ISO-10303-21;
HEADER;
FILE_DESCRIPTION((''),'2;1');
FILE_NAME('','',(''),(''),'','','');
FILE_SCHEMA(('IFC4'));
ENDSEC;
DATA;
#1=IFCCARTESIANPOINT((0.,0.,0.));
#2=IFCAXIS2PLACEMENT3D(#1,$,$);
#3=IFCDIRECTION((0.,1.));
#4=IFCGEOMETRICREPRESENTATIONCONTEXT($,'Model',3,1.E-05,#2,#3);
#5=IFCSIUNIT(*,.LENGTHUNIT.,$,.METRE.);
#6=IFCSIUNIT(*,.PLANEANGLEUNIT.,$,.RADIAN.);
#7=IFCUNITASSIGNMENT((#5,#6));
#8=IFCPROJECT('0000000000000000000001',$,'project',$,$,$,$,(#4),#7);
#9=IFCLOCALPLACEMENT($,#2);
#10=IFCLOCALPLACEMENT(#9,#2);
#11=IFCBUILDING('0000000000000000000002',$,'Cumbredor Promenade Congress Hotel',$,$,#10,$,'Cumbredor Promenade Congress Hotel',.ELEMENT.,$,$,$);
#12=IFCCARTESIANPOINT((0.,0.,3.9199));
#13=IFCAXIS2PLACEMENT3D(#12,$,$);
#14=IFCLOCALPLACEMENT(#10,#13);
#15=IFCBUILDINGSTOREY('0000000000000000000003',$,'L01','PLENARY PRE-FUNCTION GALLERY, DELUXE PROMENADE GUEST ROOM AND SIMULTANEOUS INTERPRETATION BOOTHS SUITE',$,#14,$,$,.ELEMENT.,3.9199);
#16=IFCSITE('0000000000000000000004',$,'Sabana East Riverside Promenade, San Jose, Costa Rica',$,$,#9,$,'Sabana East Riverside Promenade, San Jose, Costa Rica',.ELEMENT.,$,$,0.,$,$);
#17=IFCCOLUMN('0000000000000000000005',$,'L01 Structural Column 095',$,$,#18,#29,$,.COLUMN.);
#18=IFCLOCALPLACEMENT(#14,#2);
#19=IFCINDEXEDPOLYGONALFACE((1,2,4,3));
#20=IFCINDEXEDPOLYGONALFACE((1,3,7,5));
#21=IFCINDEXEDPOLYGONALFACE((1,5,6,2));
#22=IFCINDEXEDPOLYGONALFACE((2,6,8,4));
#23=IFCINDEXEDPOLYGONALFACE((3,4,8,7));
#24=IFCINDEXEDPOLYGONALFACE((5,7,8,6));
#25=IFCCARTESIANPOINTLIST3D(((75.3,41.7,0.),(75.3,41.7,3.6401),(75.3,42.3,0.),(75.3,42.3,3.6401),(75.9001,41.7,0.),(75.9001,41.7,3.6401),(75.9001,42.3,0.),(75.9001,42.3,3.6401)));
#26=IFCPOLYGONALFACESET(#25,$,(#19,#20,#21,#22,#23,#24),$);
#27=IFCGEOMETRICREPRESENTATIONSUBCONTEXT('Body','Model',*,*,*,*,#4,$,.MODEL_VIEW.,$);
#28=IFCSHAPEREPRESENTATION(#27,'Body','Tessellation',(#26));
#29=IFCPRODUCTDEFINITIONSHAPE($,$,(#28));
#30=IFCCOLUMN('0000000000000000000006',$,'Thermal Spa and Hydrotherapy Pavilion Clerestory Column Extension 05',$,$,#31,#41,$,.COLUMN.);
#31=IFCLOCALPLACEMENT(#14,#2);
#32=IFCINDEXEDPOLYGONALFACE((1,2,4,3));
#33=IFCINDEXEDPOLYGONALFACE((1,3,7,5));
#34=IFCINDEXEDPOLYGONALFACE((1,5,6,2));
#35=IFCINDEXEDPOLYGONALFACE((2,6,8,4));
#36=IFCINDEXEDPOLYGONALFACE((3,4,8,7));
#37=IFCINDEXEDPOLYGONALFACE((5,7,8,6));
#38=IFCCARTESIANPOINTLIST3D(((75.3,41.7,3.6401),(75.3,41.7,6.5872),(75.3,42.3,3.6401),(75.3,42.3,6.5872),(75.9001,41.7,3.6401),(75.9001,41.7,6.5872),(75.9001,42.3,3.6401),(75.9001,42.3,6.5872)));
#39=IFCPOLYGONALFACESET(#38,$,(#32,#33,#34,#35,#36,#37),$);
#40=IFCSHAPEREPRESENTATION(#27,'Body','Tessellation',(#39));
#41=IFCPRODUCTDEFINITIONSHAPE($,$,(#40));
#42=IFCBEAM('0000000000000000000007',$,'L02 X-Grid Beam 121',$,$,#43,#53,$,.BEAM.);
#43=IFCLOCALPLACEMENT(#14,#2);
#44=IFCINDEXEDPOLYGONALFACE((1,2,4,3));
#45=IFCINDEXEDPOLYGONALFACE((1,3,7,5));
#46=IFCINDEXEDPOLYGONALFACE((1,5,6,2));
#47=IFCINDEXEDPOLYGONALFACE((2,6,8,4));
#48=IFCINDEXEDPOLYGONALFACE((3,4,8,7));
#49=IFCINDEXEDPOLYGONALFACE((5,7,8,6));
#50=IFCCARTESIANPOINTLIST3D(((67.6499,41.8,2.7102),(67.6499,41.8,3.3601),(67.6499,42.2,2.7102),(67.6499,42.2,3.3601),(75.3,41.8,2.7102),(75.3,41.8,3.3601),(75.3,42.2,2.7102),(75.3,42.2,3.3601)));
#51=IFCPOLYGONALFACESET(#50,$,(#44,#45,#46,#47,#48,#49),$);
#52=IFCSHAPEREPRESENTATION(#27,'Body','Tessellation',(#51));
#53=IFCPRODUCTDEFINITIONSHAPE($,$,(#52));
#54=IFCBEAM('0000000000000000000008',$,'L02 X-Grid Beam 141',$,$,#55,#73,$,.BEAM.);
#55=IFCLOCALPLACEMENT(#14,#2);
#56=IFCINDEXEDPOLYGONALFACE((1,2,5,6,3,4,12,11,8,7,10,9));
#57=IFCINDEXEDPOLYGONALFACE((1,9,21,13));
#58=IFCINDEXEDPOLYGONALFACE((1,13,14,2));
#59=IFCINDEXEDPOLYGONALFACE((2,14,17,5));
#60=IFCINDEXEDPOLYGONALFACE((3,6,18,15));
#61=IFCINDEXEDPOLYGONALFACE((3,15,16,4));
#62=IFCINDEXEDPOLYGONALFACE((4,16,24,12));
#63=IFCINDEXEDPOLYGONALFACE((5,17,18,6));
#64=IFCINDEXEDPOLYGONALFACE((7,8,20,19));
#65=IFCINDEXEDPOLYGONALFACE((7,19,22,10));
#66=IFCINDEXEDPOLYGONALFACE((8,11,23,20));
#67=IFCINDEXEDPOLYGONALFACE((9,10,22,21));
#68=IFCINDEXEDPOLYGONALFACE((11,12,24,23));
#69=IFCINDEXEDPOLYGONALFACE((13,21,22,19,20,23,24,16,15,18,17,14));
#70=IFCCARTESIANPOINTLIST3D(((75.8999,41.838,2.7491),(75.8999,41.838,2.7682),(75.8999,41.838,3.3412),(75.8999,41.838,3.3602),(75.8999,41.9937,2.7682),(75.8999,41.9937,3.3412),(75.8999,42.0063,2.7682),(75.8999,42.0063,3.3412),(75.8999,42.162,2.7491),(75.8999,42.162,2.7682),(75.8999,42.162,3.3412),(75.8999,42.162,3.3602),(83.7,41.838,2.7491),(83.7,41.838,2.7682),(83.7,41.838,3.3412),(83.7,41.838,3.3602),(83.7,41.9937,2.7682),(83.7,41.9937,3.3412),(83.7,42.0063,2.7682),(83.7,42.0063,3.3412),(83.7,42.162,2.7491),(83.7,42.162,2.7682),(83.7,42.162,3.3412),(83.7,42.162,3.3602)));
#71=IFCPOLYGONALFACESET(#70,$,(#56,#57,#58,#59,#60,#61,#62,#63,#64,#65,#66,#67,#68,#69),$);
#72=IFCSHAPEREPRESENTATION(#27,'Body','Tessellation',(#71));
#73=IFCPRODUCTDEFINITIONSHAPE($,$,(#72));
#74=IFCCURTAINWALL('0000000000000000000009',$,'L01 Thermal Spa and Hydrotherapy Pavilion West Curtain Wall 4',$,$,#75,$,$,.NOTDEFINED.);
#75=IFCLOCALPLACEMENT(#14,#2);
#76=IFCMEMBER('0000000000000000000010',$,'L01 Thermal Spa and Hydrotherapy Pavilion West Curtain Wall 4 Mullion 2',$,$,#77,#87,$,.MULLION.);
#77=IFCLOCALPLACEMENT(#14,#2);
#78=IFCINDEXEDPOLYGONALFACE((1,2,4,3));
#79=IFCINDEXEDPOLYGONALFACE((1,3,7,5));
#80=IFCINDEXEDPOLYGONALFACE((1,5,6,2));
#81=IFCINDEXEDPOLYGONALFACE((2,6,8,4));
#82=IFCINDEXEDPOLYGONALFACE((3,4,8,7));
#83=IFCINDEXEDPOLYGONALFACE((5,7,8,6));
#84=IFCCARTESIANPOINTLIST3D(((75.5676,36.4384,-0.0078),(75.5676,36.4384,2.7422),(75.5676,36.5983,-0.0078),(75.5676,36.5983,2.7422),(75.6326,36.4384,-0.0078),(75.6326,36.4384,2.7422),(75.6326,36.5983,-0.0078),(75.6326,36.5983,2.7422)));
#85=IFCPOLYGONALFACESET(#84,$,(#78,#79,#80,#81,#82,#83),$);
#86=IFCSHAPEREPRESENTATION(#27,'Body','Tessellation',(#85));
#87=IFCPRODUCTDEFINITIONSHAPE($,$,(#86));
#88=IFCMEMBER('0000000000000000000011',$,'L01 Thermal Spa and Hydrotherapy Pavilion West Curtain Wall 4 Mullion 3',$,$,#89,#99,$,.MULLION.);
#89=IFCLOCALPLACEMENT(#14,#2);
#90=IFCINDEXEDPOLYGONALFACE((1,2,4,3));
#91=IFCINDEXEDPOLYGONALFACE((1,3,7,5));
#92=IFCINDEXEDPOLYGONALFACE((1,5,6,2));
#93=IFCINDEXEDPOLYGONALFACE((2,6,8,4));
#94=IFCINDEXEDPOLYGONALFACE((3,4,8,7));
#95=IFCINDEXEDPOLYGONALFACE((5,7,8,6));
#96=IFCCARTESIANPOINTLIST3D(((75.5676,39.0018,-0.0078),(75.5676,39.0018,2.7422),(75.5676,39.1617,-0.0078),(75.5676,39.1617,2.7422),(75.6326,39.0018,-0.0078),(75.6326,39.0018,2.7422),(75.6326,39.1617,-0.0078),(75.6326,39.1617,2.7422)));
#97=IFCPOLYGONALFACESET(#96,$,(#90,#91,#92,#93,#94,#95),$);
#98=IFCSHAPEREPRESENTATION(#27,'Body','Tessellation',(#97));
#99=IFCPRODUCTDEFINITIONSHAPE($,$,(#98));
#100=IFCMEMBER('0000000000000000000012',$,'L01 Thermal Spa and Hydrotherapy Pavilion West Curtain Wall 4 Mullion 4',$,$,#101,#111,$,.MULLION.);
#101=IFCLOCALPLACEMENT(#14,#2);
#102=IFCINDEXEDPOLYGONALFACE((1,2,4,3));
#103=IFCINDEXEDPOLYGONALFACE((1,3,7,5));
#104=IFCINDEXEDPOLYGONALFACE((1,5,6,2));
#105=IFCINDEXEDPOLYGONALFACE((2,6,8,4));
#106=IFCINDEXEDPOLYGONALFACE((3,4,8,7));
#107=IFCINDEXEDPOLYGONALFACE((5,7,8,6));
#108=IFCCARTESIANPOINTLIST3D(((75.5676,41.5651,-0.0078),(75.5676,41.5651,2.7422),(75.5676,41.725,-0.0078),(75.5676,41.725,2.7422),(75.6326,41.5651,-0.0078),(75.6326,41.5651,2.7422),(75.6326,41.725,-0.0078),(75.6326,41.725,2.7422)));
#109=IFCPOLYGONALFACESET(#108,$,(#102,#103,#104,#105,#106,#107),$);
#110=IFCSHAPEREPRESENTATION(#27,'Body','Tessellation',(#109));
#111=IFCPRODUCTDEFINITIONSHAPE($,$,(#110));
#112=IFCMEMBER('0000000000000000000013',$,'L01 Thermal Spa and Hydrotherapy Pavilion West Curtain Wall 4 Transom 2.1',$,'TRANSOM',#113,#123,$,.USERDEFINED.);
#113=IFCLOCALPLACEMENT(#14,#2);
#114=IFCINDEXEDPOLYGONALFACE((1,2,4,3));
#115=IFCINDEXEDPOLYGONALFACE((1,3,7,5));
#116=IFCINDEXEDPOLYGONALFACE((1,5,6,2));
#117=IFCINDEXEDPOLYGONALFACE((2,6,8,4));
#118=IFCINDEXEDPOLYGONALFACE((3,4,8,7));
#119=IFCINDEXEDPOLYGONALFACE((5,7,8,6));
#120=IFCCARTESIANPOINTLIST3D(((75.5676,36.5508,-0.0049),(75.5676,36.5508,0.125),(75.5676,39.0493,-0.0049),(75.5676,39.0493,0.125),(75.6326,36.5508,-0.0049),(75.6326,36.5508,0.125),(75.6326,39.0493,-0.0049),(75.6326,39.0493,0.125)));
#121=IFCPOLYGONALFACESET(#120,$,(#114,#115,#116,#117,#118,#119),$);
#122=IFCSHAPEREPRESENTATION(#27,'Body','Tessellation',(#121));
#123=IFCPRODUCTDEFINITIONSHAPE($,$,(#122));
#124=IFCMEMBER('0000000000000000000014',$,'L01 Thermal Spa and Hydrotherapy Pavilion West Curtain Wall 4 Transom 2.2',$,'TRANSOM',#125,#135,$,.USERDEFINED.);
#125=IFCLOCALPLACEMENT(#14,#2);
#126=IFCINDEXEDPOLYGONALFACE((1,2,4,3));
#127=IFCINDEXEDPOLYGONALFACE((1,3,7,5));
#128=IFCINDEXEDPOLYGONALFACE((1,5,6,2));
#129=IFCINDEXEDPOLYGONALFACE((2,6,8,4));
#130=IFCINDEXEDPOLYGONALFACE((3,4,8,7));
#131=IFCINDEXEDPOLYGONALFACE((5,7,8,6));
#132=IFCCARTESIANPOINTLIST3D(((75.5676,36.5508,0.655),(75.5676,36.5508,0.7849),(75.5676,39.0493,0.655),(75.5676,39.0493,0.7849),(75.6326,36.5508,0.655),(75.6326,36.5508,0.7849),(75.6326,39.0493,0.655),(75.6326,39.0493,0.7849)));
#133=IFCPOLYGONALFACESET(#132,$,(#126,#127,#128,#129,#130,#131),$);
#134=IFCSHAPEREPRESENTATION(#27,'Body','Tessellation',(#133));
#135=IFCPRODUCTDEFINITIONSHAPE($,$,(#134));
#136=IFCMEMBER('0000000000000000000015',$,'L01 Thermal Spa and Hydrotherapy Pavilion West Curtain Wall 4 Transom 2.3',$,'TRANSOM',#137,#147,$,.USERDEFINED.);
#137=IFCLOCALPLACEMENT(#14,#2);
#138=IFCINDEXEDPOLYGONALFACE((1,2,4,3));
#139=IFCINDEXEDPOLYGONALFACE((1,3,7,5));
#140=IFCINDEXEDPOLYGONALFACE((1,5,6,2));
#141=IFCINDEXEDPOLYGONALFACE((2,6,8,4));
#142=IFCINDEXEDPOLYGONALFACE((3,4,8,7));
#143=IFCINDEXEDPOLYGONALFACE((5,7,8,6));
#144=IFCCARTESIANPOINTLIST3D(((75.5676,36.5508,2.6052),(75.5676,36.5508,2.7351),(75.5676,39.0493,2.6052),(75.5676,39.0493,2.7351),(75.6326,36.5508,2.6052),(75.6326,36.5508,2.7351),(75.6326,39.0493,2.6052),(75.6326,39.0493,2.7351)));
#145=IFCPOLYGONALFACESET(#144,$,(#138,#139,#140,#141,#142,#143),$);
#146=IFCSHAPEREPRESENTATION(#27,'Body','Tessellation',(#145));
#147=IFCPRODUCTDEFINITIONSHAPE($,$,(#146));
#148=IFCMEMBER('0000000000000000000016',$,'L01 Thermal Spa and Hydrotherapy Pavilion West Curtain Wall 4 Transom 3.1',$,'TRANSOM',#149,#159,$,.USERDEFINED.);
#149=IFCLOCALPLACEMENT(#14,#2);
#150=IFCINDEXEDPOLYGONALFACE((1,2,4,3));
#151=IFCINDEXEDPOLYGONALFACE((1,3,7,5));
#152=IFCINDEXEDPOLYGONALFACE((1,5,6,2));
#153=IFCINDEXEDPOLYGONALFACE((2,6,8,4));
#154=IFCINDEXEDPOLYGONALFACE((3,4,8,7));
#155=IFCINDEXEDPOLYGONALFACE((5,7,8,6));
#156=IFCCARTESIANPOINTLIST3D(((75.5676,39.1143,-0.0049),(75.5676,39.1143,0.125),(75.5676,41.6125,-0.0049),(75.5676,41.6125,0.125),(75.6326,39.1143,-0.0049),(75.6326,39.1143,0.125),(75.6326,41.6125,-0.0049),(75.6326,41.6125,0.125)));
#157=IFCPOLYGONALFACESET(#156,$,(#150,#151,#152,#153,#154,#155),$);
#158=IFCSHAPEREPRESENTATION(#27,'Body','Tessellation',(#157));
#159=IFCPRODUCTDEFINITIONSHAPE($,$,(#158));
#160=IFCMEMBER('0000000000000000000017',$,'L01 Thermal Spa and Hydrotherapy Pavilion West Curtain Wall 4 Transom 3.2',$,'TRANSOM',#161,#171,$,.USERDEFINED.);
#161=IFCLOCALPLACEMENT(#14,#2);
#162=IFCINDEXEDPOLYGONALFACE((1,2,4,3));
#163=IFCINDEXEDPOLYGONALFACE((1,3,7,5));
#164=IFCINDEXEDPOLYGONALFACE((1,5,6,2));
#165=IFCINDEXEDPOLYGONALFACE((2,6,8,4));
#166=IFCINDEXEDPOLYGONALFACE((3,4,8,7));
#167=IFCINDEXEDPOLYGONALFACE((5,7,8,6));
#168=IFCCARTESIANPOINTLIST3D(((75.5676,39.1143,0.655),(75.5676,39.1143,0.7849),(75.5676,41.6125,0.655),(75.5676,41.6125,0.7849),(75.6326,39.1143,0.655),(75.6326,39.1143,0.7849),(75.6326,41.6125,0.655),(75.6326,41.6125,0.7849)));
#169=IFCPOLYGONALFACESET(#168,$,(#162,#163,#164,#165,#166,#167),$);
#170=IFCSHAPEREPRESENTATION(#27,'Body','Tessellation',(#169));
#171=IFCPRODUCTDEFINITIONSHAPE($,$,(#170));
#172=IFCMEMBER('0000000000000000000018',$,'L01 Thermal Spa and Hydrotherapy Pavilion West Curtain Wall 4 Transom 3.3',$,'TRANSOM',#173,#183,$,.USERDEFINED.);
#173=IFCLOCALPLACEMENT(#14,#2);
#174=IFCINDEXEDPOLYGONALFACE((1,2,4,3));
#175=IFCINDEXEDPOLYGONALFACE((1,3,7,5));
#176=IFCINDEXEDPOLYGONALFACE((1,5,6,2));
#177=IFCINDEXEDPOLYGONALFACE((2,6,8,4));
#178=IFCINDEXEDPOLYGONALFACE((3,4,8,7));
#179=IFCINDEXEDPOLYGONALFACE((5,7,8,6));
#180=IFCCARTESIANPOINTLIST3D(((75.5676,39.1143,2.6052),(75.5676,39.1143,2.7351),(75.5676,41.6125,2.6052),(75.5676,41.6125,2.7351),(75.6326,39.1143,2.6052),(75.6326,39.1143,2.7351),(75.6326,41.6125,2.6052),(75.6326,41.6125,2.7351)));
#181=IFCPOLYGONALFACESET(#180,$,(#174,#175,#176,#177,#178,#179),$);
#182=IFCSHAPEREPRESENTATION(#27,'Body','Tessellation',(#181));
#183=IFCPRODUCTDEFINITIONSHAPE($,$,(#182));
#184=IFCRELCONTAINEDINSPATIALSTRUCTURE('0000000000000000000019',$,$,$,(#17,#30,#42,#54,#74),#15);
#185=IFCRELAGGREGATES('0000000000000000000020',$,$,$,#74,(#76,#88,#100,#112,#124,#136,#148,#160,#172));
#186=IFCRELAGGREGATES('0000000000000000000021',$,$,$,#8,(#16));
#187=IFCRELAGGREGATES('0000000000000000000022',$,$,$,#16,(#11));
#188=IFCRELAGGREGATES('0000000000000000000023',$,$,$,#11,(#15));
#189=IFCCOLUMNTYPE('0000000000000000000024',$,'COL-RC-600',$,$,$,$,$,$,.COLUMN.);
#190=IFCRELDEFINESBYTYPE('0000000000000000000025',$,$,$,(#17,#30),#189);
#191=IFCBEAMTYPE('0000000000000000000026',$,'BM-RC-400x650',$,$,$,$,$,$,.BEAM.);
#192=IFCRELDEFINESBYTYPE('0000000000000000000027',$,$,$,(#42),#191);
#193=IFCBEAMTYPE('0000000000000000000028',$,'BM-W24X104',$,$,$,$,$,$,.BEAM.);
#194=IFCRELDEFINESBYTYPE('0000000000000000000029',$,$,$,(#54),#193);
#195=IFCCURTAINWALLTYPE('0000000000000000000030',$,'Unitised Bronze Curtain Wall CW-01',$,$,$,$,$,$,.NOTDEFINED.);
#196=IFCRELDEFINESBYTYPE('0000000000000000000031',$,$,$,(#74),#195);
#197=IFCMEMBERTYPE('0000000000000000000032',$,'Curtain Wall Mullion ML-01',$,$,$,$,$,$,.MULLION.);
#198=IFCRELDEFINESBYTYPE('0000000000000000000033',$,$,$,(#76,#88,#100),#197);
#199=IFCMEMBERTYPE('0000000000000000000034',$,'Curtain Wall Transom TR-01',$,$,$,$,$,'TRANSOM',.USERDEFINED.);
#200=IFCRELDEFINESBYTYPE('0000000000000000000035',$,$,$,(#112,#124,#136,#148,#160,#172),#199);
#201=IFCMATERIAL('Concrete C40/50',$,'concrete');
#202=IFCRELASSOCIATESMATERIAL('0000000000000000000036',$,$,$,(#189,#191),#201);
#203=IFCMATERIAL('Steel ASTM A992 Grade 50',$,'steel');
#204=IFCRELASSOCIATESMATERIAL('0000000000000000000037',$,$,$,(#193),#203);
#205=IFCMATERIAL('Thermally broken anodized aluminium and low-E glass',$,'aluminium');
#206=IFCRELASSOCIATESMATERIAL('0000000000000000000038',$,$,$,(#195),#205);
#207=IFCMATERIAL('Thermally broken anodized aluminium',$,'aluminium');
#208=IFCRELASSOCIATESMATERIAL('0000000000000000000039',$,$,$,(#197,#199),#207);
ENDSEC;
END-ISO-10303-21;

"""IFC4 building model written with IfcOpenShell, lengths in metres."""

from ifc_helpers import new_model, si_unit, direction, frame, origin, origin_2d, place, context, subcontext, project, spatial, rectangle, i_section, extrude, material, material_profile, profile_set, type_object, element, aggregate, save


model = new_model("IFC4")

# Units and contexts
model_context = context("Model", 3, precision=1e-05, world=origin(), true_north=direction((0.0, 1.0)))
body_context = subcontext(model_context, "Body", "Model", "MODEL_VIEW")
ifc_project = project(units=[si_unit("LENGTHUNIT", "METRE"), si_unit("PLANEANGLEUNIT", "RADIAN")], contexts=[model_context])

# Site, building, storey
site_placement = place(None, origin())
site = spatial("IfcSite", under=ifc_project, at=site_placement, Name="Sabana East Riverside Promenade, San Jose, Costa Rica", LongName="Sabana East Riverside Promenade, San Jose, Costa Rica", CompositionType="ELEMENT", RefElevation=0.0)
building_placement = place(site_placement, origin())
building = spatial("IfcBuilding", under=site, at=building_placement, Name="Cumbredor Promenade Congress Hotel", LongName="Cumbredor Promenade Congress Hotel", CompositionType="ELEMENT")
storey_placement = place(building_placement, frame((0.0, 0.0, 3.9199)))
storey = spatial("IfcBuildingStorey", under=building, at=storey_placement, Name="L01", Description="PLENARY PRE-FUNCTION GALLERY, DELUXE PROMENADE GUEST ROOM AND SIMULTANEOUS INTERPRETATION BOOTHS SUITE", CompositionType="ELEMENT", Elevation=3.9199)

# Columns
ifc_material_1 = material(Name="Concrete C40/50", Category="concrete")
ifc_material_profile_1 = material_profile(ifc_material_1, rectangle(XDim=0.6001, YDim=0.6001, at=origin_2d()), Name="RC 600x600")
ifc_profile_set_1 = profile_set([ifc_material_profile_1], Name="Concrete C40/50")
column_type = type_object("IfcColumnType", Name="COL-RC-600", PredefinedType="COLUMN", material=ifc_profile_set_1)
column_1_placement = place(storey_placement, frame((75.6001, 42.0, 0.0), z_axis=(0.0, 0.0, 1.0), x_axis=(1.0, 0.0, 0.0)))
element("IfcColumn", 1, at=column_1_placement, inside=storey, type_object=column_type, Name="L01 Structural Column 095", PredefinedType="COLUMN", context=body_context, shape_type="SweptSolid", body=[
    extrude(rectangle(XDim=0.6001, YDim=0.6001, at=origin_2d()), origin(), (0.0, 0.0, 1.0), 3.6401),
])
column_2_placement = place(storey_placement, frame((75.6001, 42.0, 3.6401), z_axis=(0.0, 0.0, 1.0), x_axis=(1.0, 0.0, 0.0)))
element("IfcColumn", 2, at=column_2_placement, inside=storey, type_object=column_type, Name="Thermal Spa and Hydrotherapy Pavilion Clerestory Column Extension 05", PredefinedType="COLUMN", context=body_context, shape_type="SweptSolid", body=[
    extrude(rectangle(XDim=0.6001, YDim=0.6001, at=origin_2d()), origin(), (0.0, 0.0, 1.0), 2.947),
])

# Beams
ifc_material_profile_2 = material_profile(ifc_material_1, rectangle(XDim=0.3999, YDim=0.6499, at=origin_2d()), Name="RC BEAM 400x650")
ifc_profile_set_2 = profile_set([ifc_material_profile_2], Name="Concrete C40/50")
beam_type_1 = type_object("IfcBeamType", Name="BM-RC-400x650", PredefinedType="BEAM", material=ifc_profile_set_2)
beam_1_placement = place(storey_placement, frame((67.6499, 42.0, 3.0352), z_axis=(1.0, 0.0, 0.0), x_axis=(0.0, 1.0, 0.0)))
element("IfcBeam", 3, at=beam_1_placement, inside=storey, type_object=beam_type_1, Name="L02 X-Grid Beam 121", PredefinedType="BEAM", context=body_context, shape_type="SweptSolid", body=[
    extrude(rectangle(XDim=0.3999, YDim=0.6499, at=origin_2d()), origin(), (0.0, 0.0, 1.0), 7.6501),
])
ifc_material_2 = material(Name="Steel ASTM A992 Grade 50", Category="steel")
ifc_material_profile_3 = material_profile(ifc_material_2, i_section(OverallWidth=0.324, OverallDepth=0.6111, WebThickness=0.0127, FlangeThickness=0.019, at=origin_2d()), Name="W24X104")
ifc_profile_set_3 = profile_set([ifc_material_profile_3], Name="Steel ASTM A992 Grade 50")
beam_type_2 = type_object("IfcBeamType", Name="BM-W24X104", PredefinedType="BEAM", material=ifc_profile_set_3)
beam_2_placement = place(storey_placement, frame((75.8999, 42.0, 3.0547), z_axis=(1.0, 0.0, 0.0), x_axis=(0.0, 1.0, 0.0)))
element("IfcBeam", 4, at=beam_2_placement, inside=storey, type_object=beam_type_2, Name="L02 X-Grid Beam 141", PredefinedType="BEAM", context=body_context, shape_type="SweptSolid", body=[
    extrude(i_section(OverallWidth=0.324, OverallDepth=0.6111, WebThickness=0.0127, FlangeThickness=0.019, at=origin_2d()), origin(), (0.0, 0.0, 1.0), 7.8),
])

# Curtain wall, members
ifc_material_3 = material(Name="Thermally broken anodized aluminium and low-E glass", Category="aluminium")
curtain_wall_type = type_object("IfcCurtainWallType", Name="Unitised Bronze Curtain Wall CW-01", PredefinedType="NOTDEFINED", material=ifc_material_3)
curtain_wall_placement = place(storey_placement, origin())
curtain_wall = element("IfcCurtainWall", 5, at=curtain_wall_placement, inside=storey, type_object=curtain_wall_type, Name="L01 Thermal Spa and Hydrotherapy Pavilion West Curtain Wall 4", PredefinedType="NOTDEFINED")
ifc_material_4 = material(Name="Thermally broken anodized aluminium", Category="aluminium")
ifc_material_profile_4 = material_profile(ifc_material_4, rectangle(XDim=0.0649, YDim=0.1599, at=origin_2d()), Name="ALU MULLION 65x160")
ifc_profile_set_4 = profile_set([ifc_material_profile_4], Name="Thermally broken anodized aluminium")
member_type_1 = type_object("IfcMemberType", Name="Curtain Wall Mullion ML-01", PredefinedType="MULLION", material=ifc_profile_set_4)
member_1_placement = place(storey_placement, frame((75.6001, 36.5183, -0.0078), z_axis=(0.0, 0.0, 1.0), x_axis=(1.0, 0.0, 0.0)))
member_1 = element("IfcMember", 6, at=member_1_placement, type_object=member_type_1, Name="L01 Thermal Spa and Hydrotherapy Pavilion West Curtain Wall 4 Mullion 2", PredefinedType="MULLION", context=body_context, shape_type="SweptSolid", body=[
    extrude(rectangle(XDim=0.0649, YDim=0.1599, at=origin_2d()), origin(), (0.0, 0.0, 1.0), 2.75),
])
member_2_placement = place(storey_placement, frame((75.6001, 39.0818, -0.0078), z_axis=(0.0, 0.0, 1.0), x_axis=(1.0, 0.0, 0.0)))
member_2 = element("IfcMember", 7, at=member_2_placement, type_object=member_type_1, Name="L01 Thermal Spa and Hydrotherapy Pavilion West Curtain Wall 4 Mullion 3", PredefinedType="MULLION", context=body_context, shape_type="SweptSolid", body=[
    extrude(rectangle(XDim=0.0649, YDim=0.1599, at=origin_2d()), origin(), (0.0, 0.0, 1.0), 2.75),
])
member_3_placement = place(storey_placement, frame((75.6001, 41.645, -0.0078), z_axis=(0.0, 0.0, 1.0), x_axis=(1.0, 0.0, 0.0)))
member_3 = element("IfcMember", 8, at=member_3_placement, type_object=member_type_1, Name="L01 Thermal Spa and Hydrotherapy Pavilion West Curtain Wall 4 Mullion 4", PredefinedType="MULLION", context=body_context, shape_type="SweptSolid", body=[
    extrude(rectangle(XDim=0.0649, YDim=0.1599, at=origin_2d()), origin(), (0.0, 0.0, 1.0), 2.75),
])
ifc_material_profile_5 = material_profile(ifc_material_4, rectangle(XDim=0.0649, YDim=0.1299, at=origin_2d()), Name="ALU TRANSOM 65x130")
ifc_profile_set_5 = profile_set([ifc_material_profile_5], Name="Thermally broken anodized aluminium")
member_type_2 = type_object("IfcMemberType", Name="Curtain Wall Transom TR-01", ElementType="TRANSOM", PredefinedType="USERDEFINED", material=ifc_profile_set_5)
member_4_placement = place(storey_placement, frame((75.6001, 36.5508, 0.0601), z_axis=(0.0, 1.0, 0.0), x_axis=(-1.0, 0.0, 0.0)))
member_4 = element("IfcMember", 9, at=member_4_placement, type_object=member_type_2, Name="L01 Thermal Spa and Hydrotherapy Pavilion West Curtain Wall 4 Transom 2.1", ObjectType="TRANSOM", PredefinedType="USERDEFINED", context=body_context, shape_type="SweptSolid", body=[
    extrude(rectangle(XDim=0.0649, YDim=0.1299, at=origin_2d()), origin(), (0.0, 0.0, 1.0), 2.4985),
])
member_5_placement = place(storey_placement, frame((75.6001, 36.5508, 0.72), z_axis=(0.0, 1.0, 0.0), x_axis=(-1.0, 0.0, 0.0)))
member_5 = element("IfcMember", 10, at=member_5_placement, type_object=member_type_2, Name="L01 Thermal Spa and Hydrotherapy Pavilion West Curtain Wall 4 Transom 2.2", ObjectType="TRANSOM", PredefinedType="USERDEFINED", context=body_context, shape_type="SweptSolid", body=[
    extrude(rectangle(XDim=0.0649, YDim=0.1299, at=origin_2d()), origin(), (0.0, 0.0, 1.0), 2.4985),
])
member_6_placement = place(storey_placement, frame((75.6001, 36.5508, 2.6702), z_axis=(0.0, 1.0, 0.0), x_axis=(-1.0, 0.0, 0.0)))
member_6 = element("IfcMember", 11, at=member_6_placement, type_object=member_type_2, Name="L01 Thermal Spa and Hydrotherapy Pavilion West Curtain Wall 4 Transom 2.3", ObjectType="TRANSOM", PredefinedType="USERDEFINED", context=body_context, shape_type="SweptSolid", body=[
    extrude(rectangle(XDim=0.0649, YDim=0.1299, at=origin_2d()), origin(), (0.0, 0.0, 1.0), 2.4985),
])
member_7_placement = place(storey_placement, frame((75.6001, 39.1143, 0.0601), z_axis=(0.0, 1.0, 0.0), x_axis=(-1.0, 0.0, 0.0)))
member_7 = element("IfcMember", 12, at=member_7_placement, type_object=member_type_2, Name="L01 Thermal Spa and Hydrotherapy Pavilion West Curtain Wall 4 Transom 3.1", ObjectType="TRANSOM", PredefinedType="USERDEFINED", context=body_context, shape_type="SweptSolid", body=[
    extrude(rectangle(XDim=0.0649, YDim=0.1299, at=origin_2d()), origin(), (0.0, 0.0, 1.0), 2.4983),
])
member_8_placement = place(storey_placement, frame((75.6001, 39.1143, 0.72), z_axis=(0.0, 1.0, 0.0), x_axis=(-1.0, 0.0, 0.0)))
member_8 = element("IfcMember", 13, at=member_8_placement, type_object=member_type_2, Name="L01 Thermal Spa and Hydrotherapy Pavilion West Curtain Wall 4 Transom 3.2", ObjectType="TRANSOM", PredefinedType="USERDEFINED", context=body_context, shape_type="SweptSolid", body=[
    extrude(rectangle(XDim=0.0649, YDim=0.1299, at=origin_2d()), origin(), (0.0, 0.0, 1.0), 2.4983),
])
member_9_placement = place(storey_placement, frame((75.6001, 39.1143, 2.6702), z_axis=(0.0, 1.0, 0.0), x_axis=(-1.0, 0.0, 0.0)))
member_9 = element("IfcMember", 14, at=member_9_placement, type_object=member_type_2, Name="L01 Thermal Spa and Hydrotherapy Pavilion West Curtain Wall 4 Transom 3.3", ObjectType="TRANSOM", PredefinedType="USERDEFINED", context=body_context, shape_type="SweptSolid", body=[
    extrude(rectangle(XDim=0.0649, YDim=0.1299, at=origin_2d()), origin(), (0.0, 0.0, 1.0), 2.4983),
])

aggregate(curtain_wall, [member_1, member_2, member_3, member_4, member_5, member_6, member_7, member_8, member_9])

save(model, "model.ifc")
